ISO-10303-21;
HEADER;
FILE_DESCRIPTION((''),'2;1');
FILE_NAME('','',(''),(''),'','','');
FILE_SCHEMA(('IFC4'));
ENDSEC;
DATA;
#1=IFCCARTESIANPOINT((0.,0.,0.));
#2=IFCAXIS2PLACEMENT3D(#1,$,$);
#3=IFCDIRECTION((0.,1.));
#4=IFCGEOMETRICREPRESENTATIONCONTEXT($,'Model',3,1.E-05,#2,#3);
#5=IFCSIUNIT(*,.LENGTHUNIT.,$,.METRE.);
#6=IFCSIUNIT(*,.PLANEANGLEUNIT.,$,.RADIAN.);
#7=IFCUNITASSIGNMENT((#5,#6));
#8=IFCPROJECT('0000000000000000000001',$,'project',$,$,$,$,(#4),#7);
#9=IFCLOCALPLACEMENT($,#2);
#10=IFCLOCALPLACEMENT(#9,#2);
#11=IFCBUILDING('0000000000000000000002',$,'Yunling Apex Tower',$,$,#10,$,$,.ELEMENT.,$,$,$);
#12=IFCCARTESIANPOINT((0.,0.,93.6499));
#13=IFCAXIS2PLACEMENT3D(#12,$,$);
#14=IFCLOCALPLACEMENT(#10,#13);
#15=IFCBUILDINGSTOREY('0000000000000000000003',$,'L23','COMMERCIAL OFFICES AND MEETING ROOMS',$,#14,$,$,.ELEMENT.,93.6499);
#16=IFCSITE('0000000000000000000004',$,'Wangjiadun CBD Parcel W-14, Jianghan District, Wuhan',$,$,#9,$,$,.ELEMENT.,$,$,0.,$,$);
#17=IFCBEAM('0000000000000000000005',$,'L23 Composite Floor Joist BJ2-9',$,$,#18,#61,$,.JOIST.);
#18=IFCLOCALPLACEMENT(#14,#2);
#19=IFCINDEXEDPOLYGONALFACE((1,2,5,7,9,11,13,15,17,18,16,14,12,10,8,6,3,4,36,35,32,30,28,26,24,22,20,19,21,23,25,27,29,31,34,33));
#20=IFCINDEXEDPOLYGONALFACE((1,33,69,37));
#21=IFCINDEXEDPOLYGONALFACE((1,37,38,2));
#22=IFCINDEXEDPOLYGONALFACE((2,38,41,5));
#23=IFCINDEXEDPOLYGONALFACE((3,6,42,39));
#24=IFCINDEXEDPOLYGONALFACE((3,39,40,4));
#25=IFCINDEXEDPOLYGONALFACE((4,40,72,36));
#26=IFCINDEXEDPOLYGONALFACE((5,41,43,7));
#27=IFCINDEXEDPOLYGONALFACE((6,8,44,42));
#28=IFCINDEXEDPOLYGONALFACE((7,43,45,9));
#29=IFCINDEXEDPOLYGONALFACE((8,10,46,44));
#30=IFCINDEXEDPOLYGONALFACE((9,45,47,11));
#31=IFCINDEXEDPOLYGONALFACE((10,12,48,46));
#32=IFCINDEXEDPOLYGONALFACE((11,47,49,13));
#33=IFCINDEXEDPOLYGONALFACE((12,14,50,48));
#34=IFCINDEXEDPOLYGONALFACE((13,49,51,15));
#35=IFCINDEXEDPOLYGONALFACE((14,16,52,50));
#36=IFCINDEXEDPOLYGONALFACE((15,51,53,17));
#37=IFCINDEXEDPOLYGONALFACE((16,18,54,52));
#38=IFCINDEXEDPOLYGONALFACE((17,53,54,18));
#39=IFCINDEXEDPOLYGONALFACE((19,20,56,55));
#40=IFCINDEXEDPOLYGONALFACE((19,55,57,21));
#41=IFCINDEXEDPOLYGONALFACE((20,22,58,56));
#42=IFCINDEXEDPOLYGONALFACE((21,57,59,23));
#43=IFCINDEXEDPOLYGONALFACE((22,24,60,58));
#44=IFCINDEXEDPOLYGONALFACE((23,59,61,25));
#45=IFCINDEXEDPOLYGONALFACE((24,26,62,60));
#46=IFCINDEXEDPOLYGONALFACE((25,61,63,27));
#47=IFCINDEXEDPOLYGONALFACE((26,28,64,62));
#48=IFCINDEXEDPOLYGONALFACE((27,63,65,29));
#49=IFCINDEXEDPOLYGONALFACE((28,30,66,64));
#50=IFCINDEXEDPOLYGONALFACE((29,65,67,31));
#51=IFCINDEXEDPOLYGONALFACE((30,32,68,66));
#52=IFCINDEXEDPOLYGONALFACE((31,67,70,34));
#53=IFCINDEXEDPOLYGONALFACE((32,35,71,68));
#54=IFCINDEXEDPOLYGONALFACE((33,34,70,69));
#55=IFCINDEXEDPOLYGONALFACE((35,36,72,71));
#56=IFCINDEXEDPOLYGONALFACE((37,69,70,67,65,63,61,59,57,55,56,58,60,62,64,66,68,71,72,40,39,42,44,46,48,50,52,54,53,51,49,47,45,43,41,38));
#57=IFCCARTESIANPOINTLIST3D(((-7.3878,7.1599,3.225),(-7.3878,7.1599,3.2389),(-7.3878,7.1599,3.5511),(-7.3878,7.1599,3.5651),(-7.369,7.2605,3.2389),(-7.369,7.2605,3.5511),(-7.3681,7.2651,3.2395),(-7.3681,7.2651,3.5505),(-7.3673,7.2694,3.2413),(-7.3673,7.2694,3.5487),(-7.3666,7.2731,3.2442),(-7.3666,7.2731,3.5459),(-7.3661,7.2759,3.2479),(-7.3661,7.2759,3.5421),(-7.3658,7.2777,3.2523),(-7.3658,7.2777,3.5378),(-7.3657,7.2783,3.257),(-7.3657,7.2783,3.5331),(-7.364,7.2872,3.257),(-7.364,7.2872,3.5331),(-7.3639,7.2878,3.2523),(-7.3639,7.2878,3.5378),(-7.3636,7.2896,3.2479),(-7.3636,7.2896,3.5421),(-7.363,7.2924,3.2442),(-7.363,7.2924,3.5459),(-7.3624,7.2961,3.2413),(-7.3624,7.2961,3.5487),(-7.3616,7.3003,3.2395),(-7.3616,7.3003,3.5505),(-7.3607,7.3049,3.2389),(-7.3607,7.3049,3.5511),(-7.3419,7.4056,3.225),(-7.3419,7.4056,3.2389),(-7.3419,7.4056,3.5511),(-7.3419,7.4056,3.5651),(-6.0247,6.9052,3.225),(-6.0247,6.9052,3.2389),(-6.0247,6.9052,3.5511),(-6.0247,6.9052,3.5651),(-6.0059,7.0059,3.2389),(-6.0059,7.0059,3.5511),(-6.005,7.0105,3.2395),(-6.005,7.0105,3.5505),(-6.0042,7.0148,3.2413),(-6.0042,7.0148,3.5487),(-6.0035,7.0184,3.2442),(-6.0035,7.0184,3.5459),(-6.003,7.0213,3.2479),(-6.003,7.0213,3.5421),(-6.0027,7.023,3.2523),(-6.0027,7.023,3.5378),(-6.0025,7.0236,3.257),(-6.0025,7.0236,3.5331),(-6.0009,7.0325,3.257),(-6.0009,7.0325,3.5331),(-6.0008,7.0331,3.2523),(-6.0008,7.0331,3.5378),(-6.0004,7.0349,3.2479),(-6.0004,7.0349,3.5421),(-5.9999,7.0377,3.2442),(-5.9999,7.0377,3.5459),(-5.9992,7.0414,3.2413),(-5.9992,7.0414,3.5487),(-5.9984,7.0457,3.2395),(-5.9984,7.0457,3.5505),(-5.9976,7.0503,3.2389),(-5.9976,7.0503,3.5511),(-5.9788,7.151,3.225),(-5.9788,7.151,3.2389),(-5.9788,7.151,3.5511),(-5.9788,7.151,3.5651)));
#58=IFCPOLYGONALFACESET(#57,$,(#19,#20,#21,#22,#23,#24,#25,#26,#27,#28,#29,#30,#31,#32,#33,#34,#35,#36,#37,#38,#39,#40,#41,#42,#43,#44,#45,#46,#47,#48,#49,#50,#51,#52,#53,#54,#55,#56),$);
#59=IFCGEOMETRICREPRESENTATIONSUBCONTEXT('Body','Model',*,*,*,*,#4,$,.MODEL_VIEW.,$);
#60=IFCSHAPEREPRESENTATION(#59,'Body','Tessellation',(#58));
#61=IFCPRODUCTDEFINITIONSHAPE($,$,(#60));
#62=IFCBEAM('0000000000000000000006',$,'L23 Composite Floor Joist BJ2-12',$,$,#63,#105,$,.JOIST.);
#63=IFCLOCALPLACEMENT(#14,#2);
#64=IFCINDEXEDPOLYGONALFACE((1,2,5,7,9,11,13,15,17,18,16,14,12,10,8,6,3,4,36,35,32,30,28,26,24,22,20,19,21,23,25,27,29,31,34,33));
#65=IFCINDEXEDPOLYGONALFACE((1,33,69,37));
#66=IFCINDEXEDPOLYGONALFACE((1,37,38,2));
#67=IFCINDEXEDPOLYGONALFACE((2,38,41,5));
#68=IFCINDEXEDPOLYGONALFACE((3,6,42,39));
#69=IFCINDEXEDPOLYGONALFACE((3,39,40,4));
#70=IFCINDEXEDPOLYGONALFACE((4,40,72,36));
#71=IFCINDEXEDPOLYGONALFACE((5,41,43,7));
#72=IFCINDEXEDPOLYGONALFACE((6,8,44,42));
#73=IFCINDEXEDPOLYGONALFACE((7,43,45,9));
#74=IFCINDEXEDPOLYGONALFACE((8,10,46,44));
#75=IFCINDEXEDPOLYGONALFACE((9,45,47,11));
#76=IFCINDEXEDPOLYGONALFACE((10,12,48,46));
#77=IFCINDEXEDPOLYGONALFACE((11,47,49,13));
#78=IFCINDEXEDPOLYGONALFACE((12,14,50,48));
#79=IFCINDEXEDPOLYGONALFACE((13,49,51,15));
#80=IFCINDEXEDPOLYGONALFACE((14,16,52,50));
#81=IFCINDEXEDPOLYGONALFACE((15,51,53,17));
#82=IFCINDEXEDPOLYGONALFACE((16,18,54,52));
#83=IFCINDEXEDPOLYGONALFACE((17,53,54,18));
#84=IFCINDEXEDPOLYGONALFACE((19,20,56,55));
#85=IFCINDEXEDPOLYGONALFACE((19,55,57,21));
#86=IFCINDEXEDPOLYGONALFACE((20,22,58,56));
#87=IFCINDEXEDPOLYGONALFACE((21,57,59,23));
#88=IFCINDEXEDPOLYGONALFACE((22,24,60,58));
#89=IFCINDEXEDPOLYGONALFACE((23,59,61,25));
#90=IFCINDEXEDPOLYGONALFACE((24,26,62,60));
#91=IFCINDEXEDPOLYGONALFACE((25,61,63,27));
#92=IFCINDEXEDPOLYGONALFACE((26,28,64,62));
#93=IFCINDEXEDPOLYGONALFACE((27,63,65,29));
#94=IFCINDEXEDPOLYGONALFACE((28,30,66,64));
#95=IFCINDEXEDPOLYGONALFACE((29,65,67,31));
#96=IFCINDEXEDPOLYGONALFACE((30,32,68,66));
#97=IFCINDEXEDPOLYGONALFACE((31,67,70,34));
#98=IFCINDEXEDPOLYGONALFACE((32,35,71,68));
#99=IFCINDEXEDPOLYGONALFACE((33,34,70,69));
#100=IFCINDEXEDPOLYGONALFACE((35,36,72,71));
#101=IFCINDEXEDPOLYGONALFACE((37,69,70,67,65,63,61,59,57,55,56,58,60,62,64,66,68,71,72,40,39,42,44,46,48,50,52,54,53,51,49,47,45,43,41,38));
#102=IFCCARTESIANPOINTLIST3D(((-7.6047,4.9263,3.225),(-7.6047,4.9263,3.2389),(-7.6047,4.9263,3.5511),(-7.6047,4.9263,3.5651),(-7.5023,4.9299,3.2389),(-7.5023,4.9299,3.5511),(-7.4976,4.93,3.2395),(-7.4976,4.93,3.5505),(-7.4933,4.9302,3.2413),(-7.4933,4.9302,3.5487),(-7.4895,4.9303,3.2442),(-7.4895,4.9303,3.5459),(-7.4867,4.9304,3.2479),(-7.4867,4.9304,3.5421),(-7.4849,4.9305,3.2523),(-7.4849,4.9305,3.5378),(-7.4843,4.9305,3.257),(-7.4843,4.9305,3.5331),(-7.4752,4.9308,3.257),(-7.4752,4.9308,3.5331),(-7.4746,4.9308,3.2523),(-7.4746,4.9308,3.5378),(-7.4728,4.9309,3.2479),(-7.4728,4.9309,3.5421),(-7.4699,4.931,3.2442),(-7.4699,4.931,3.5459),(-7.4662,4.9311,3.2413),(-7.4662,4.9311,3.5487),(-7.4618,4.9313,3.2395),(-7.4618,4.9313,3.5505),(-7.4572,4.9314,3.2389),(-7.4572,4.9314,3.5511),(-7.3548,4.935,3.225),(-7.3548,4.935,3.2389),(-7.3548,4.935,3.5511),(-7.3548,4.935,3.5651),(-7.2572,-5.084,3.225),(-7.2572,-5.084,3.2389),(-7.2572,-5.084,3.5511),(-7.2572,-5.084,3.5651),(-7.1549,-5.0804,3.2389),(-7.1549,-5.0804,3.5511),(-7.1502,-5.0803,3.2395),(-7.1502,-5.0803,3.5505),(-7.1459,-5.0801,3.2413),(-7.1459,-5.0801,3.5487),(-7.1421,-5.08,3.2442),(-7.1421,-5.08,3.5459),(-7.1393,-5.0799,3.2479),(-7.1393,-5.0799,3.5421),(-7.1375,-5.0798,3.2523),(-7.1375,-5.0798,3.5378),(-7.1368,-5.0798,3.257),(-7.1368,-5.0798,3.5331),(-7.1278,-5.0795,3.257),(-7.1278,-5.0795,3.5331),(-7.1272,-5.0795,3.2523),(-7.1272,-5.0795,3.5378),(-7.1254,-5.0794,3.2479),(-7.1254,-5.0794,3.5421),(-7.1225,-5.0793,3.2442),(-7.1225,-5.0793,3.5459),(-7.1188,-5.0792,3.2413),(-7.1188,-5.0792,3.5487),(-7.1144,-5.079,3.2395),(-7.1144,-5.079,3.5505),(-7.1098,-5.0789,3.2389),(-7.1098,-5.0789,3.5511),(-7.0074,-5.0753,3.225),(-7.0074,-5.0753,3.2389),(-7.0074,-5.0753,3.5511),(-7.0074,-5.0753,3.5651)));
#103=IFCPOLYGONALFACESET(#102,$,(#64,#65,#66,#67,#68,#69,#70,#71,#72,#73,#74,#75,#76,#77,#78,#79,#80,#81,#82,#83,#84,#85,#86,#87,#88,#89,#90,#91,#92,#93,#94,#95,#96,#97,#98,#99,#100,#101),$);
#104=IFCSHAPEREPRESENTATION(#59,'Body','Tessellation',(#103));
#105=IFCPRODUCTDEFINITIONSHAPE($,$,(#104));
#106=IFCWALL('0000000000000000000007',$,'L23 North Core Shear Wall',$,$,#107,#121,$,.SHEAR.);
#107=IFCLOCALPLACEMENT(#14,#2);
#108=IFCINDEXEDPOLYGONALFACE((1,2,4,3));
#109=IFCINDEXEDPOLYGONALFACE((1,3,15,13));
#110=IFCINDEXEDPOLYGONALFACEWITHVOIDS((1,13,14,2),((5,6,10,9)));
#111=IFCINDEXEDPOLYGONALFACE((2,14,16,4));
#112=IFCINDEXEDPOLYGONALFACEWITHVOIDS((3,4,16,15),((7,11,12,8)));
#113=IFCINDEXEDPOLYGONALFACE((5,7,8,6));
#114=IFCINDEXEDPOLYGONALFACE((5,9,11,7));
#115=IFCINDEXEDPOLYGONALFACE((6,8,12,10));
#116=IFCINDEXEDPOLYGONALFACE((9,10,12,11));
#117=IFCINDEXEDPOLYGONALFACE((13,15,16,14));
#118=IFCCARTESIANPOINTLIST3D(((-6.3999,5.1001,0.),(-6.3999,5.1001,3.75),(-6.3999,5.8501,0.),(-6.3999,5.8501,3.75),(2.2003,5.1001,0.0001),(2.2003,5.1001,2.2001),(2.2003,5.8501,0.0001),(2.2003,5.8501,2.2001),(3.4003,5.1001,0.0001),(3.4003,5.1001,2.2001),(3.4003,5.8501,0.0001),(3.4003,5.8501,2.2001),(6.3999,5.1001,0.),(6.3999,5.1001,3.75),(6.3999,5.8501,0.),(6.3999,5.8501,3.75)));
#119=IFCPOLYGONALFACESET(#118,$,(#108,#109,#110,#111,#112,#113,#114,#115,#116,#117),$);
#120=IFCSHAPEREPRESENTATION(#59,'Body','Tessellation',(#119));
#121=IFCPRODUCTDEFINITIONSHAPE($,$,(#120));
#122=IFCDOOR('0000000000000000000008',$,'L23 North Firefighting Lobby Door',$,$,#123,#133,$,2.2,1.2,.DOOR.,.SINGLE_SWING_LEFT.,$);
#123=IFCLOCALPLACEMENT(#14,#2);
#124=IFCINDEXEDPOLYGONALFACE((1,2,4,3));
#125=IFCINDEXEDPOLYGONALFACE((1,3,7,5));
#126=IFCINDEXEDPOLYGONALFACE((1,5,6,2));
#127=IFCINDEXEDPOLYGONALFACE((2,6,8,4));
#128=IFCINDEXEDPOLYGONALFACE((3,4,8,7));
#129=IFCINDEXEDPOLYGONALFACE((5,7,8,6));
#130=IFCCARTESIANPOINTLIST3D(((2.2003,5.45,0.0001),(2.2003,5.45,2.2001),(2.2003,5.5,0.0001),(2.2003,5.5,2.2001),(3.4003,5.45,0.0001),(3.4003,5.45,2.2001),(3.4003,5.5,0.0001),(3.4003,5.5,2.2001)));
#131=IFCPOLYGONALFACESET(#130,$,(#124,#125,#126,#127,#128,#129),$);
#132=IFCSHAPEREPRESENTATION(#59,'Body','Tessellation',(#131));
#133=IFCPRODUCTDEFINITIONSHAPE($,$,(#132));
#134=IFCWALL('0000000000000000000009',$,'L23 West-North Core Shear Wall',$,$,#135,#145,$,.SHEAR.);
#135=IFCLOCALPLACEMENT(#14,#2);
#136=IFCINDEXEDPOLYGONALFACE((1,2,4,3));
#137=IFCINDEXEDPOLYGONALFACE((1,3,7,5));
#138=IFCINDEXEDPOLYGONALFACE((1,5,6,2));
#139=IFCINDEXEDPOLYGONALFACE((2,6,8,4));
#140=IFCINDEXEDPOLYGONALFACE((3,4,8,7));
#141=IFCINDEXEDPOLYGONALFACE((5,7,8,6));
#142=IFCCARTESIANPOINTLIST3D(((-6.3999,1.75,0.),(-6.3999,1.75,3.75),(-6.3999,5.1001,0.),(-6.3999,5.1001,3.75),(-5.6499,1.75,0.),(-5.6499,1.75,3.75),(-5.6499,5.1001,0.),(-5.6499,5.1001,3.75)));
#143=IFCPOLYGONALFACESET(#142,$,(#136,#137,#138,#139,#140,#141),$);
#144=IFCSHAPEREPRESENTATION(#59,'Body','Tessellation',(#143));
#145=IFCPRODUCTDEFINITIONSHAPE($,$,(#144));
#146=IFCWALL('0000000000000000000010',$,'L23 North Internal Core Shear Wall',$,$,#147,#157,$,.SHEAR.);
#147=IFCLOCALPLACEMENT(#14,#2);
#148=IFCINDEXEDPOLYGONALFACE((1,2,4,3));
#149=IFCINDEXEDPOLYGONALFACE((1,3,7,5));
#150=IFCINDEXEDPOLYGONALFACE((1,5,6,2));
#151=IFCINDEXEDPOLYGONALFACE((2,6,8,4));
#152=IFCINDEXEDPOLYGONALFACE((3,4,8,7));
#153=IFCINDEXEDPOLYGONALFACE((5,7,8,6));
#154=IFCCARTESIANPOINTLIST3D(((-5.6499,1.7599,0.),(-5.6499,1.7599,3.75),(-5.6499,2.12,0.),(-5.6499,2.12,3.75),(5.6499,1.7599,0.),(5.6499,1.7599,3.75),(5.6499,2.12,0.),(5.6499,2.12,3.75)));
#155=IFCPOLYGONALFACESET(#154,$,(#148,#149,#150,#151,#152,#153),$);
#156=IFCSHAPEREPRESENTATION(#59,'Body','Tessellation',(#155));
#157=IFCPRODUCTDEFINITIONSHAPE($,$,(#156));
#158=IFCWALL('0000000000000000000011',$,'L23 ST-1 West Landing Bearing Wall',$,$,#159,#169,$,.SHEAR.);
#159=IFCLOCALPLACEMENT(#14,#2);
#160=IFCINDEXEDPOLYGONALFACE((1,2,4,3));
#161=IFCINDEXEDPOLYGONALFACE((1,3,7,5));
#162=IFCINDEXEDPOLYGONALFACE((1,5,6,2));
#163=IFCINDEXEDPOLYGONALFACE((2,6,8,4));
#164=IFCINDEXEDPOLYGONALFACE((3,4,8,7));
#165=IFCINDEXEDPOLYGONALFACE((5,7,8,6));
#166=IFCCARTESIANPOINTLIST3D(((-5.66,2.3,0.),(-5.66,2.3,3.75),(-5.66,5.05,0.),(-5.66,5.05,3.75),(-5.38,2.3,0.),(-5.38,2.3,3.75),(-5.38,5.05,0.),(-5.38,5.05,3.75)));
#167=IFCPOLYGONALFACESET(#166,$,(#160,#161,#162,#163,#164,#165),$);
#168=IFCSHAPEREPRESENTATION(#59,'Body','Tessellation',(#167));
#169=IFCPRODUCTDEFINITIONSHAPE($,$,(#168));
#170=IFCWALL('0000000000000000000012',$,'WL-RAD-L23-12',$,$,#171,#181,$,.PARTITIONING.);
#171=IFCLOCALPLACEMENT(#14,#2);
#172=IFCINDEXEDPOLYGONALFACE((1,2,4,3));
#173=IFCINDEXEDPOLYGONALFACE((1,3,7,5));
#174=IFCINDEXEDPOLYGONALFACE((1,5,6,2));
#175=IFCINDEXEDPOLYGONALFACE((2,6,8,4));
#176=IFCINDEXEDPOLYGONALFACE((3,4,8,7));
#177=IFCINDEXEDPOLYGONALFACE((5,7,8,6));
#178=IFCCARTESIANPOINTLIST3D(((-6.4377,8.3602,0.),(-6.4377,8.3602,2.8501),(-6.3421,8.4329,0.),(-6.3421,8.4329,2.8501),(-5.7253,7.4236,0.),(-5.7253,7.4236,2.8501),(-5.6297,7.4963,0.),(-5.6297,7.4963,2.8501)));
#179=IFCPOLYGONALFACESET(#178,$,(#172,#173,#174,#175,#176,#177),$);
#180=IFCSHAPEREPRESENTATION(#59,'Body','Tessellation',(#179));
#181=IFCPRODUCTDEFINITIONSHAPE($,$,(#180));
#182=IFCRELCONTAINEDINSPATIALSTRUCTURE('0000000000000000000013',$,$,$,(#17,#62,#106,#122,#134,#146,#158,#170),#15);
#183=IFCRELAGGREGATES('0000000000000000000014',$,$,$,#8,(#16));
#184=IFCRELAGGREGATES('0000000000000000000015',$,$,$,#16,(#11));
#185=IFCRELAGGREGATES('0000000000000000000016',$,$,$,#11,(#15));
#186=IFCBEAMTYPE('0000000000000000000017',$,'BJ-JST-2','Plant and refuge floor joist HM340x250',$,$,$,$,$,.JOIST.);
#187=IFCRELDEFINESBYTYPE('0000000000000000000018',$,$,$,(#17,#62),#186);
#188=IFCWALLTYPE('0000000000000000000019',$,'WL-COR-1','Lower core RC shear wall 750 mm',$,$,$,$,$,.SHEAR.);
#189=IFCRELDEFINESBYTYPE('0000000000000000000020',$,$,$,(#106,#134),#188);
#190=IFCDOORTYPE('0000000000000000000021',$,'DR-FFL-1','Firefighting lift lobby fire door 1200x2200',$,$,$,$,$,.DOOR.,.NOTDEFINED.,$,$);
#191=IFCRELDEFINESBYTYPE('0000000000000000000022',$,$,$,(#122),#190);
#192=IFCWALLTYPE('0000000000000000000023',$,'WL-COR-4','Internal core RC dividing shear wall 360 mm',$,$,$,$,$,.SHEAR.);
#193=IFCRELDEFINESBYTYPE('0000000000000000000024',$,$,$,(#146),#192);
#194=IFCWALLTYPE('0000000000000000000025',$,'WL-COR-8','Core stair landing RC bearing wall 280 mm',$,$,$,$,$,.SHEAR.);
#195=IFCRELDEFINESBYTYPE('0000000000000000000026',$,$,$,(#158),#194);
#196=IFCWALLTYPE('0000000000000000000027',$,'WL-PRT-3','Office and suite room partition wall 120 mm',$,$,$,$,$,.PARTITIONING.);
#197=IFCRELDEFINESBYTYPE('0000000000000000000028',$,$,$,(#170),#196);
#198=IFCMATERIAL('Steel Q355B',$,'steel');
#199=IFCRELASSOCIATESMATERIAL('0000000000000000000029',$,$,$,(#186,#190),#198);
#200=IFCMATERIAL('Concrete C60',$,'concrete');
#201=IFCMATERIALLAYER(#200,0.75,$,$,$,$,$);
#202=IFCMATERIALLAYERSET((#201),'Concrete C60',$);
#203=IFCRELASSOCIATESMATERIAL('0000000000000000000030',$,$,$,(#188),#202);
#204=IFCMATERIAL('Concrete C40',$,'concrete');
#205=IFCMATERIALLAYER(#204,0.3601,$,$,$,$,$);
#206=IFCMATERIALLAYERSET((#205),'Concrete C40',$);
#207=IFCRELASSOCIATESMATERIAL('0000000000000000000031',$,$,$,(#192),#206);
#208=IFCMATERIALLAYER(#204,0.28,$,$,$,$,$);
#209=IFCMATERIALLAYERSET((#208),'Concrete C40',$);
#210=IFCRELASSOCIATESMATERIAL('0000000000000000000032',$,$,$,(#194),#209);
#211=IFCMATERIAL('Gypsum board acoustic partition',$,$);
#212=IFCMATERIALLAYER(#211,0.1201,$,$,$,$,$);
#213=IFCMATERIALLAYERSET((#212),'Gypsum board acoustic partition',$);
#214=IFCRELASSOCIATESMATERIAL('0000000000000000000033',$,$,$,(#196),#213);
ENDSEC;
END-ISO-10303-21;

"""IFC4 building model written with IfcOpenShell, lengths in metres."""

from ifc_helpers import new_model, si_unit, direction, frame, frame_2d, origin, origin_2d, place, context, subcontext, project, spatial, rectangle, i_section, extrude, source, transform, mapped, material, layer, layer_set, material_profile, profile_set, type_object, element, fill, save


model = new_model("IFC4")

# Units and contexts
model_context = context("Model", 3, precision=1e-05, world=origin(), true_north=direction((0.0, 1.0)))
body_context = subcontext(model_context, "Body", "Model", "MODEL_VIEW")
ifc_project = project(units=[si_unit("LENGTHUNIT", "METRE"), si_unit("PLANEANGLEUNIT", "RADIAN")], contexts=[model_context])

# Site, building, storey
site_placement = place(None, origin())
site = spatial("IfcSite", under=ifc_project, at=site_placement, Name="Wangjiadun CBD Parcel W-14, Jianghan District, Wuhan", CompositionType="ELEMENT", RefElevation=0.0)
building_placement = place(site_placement, origin())
building = spatial("IfcBuilding", under=site, at=building_placement, Name="Yunling Apex Tower", CompositionType="ELEMENT")
storey_placement = place(building_placement, frame((0.0, 0.0, 93.6499)))
storey = spatial("IfcBuildingStorey", under=building, at=storey_placement, Name="L23", Description="COMMERCIAL OFFICES AND MEETING ROOMS", CompositionType="ELEMENT", Elevation=93.6499)

# Shared definitions
ifc_material_1 = material(Name="Concrete C60", Category="concrete")

# Beams
ifc_material_2 = material(Name="Steel Q355B", Category="steel")
ifc_material_profile_1 = material_profile(ifc_material_2, i_section(OverallWidth=0.25, OverallDepth=0.3401, WebThickness=0.009, FlangeThickness=0.0139, FilletRadius=0.0181, at=origin_2d()))
ifc_profile_set_1 = profile_set([ifc_material_profile_1], Name="Steel Q355B")
beam_type_1 = type_object("IfcBeamType", Name="BJ-JST-2", Description="Plant and refuge floor joist HM340x250", PredefinedType="JOIST", material=ifc_profile_set_1)
shared_shape_1 = source(origin(), body_context, "Body", "SweptSolid", [
    extrude(i_section(OverallWidth=0.25, OverallDepth=0.3401, WebThickness=0.009, FlangeThickness=0.0139, FilletRadius=0.0181, at=origin_2d()), origin(), (0.0, 0.0, 1.0), 1.3867),
])
beam_1_placement = place(storey_placement, frame((-6.0017, 7.0281, 3.395), z_axis=(-0.982994, 0.18364, 0.0), x_axis=(-0.18364, -0.982994, 0.0)))
element("IfcBeam", 1, at=beam_1_placement, inside=storey, type_object=beam_type_1, Name="L23 Composite Floor Joist BJ2-9", PredefinedType="JOIST", context=body_context, shape_type="MappedRepresentation", body=[
    mapped(shared_shape_1, transform((0.0, 0.0, 0.0), scale=1.0)),
])
shared_shape_2 = source(origin(), body_context, "Body", "SweptSolid", [
    extrude(i_section(OverallWidth=0.25, OverallDepth=0.3401, WebThickness=0.009, FlangeThickness=0.0139, FilletRadius=0.0181, at=origin_2d()), origin(), (0.0, 0.0, 1.0), 10.0164),
])
beam_2_placement = place(storey_placement, frame((-7.4797, 4.9307, 3.395), z_axis=(0.034685, -0.999398, 0.0), x_axis=(0.999398, 0.034685, 0.0)))
element("IfcBeam", 2, at=beam_2_placement, inside=storey, type_object=beam_type_1, Name="L23 Composite Floor Joist BJ2-12", PredefinedType="JOIST", context=body_context, shape_type="MappedRepresentation", body=[
    mapped(shared_shape_2, transform((0.0, 0.0, 0.0), scale=1.0)),
])

# Wall, opening, door
ifc_layer_1 = layer(ifc_material_1, 0.75)
ifc_layer_set_1 = layer_set([ifc_layer_1], Name="Concrete C60")
wall_type_1 = type_object("IfcWallType", Name="WL-COR-1", Description="Lower core RC shear wall 750 mm", PredefinedType="SHEAR", material=ifc_layer_set_1)
wall_1_placement = place(storey_placement, frame((-6.3999, 5.4751, 0.0), z_axis=(0.0, 0.0, 1.0), x_axis=(1.0, 0.0, 0.0)))
wall_1 = element("IfcWall", 3, at=wall_1_placement, inside=storey, type_object=wall_type_1, Name="L23 North Core Shear Wall", PredefinedType="SHEAR", context=body_context, shape_type="SweptSolid", body=[
    extrude(rectangle(XDim=12.7998, YDim=0.75, at=frame_2d((6.3999, 0.0))), origin(), (0.0, 0.0, 1.0), 3.75),
])
opening_1_placement = place(wall_1_placement, frame((8.6001, 0.0, 0.0)))
opening_1 = element("IfcOpeningElement", 4, at=opening_1_placement, cuts=wall_1, PredefinedType="OPENING", context=body_context, shape_type="SweptSolid", body=[
    extrude(rectangle(XDim=1.2, YDim=2.2, at=frame_2d((0.6001, 1.1001))), frame((0.0, 0.385, 0.0), z_axis=(0.0, -1.0, 0.0), x_axis=(1.0, 0.0, 0.0)), (0.0, 0.0, 1.0), 0.77),
])
door_type_1 = type_object("IfcDoorType", Name="DR-FFL-1", Description="Firefighting lift lobby fire door 1200x2200", OperationType="NOTDEFINED", PredefinedType="DOOR", material=ifc_material_2)
door_1_placement = place(opening_1_placement, origin())
door_1 = element("IfcDoor", 5, at=door_1_placement, inside=storey, type_object=door_type_1, Name="L23 North Firefighting Lobby Door", OperationType="SINGLE_SWING_LEFT", OverallHeight=2.2, OverallWidth=1.2, PredefinedType="DOOR", context=body_context, shape_type="SweptSolid", body=[
    extrude(rectangle(XDim=1.2, YDim=2.2, at=frame_2d((0.6001, 1.1001))), frame((0.0, 0.0249, 0.0), z_axis=(0.0, -1.0, 0.0), x_axis=(1.0, 0.0, 0.0)), (0.0, 0.0, 1.0), 0.05),
])
fill(opening_1, door_1)

# Walls
wall_2_placement = place(storey_placement, frame((-6.0249, 1.75, 0.0), z_axis=(0.0, 0.0, 1.0), x_axis=(0.0, 1.0, 0.0)))
element("IfcWall", 6, at=wall_2_placement, inside=storey, type_object=wall_type_1, Name="L23 West-North Core Shear Wall", PredefinedType="SHEAR", context=body_context, shape_type="SweptSolid", body=[
    extrude(rectangle(XDim=3.3501, YDim=0.75, at=frame_2d((1.675, 0.0))), origin(), (0.0, 0.0, 1.0), 3.75),
])
ifc_material_3 = material(Name="Concrete C40", Category="concrete")
ifc_layer_2 = layer(ifc_material_3, 0.3601)
ifc_layer_set_2 = layer_set([ifc_layer_2], Name="Concrete C40")
wall_type_2 = type_object("IfcWallType", Name="WL-COR-4", Description="Internal core RC dividing shear wall 360 mm", PredefinedType="SHEAR", material=ifc_layer_set_2)
wall_3_placement = place(storey_placement, frame((-5.6499, 1.9399, 0.0), z_axis=(0.0, 0.0, 1.0), x_axis=(1.0, 0.0, 0.0)))
element("IfcWall", 7, at=wall_3_placement, inside=storey, type_object=wall_type_2, Name="L23 North Internal Core Shear Wall", PredefinedType="SHEAR", context=body_context, shape_type="SweptSolid", body=[
    extrude(rectangle(XDim=11.2998, YDim=0.3601, at=frame_2d((5.6499, 0.0))), origin(), (0.0, 0.0, 1.0), 3.75),
])
ifc_layer_3 = layer(ifc_material_3, 0.28)
ifc_layer_set_3 = layer_set([ifc_layer_3], Name="Concrete C40")
wall_type_3 = type_object("IfcWallType", Name="WL-COR-8", Description="Core stair landing RC bearing wall 280 mm", PredefinedType="SHEAR", material=ifc_layer_set_3)
wall_4_placement = place(storey_placement, frame((-5.52, 2.3, 0.0), z_axis=(0.0, 0.0, 1.0), x_axis=(0.0, 1.0, 0.0)))
element("IfcWall", 8, at=wall_4_placement, inside=storey, type_object=wall_type_3, Name="L23 ST-1 West Landing Bearing Wall", PredefinedType="SHEAR", context=body_context, shape_type="SweptSolid", body=[
    extrude(rectangle(XDim=2.75, YDim=0.28, at=frame_2d((1.375, 0.0))), origin(), (0.0, 0.0, 1.0), 3.75),
])
ifc_material_4 = material(Name="Gypsum board acoustic partition")
ifc_layer_4 = layer(ifc_material_4, 0.1201)
ifc_layer_set_4 = layer_set([ifc_layer_4], Name="Gypsum board acoustic partition")
wall_type_4 = type_object("IfcWallType", Name="WL-PRT-3", Description="Office and suite room partition wall 120 mm", PredefinedType="PARTITIONING", material=ifc_layer_set_4)
wall_5_placement = place(storey_placement, frame((-5.6775, 7.46, 0.0), z_axis=(0.0, 0.0, 1.0), x_axis=(-0.60543, 0.795898, 0.0)))
element("IfcWall", 9, at=wall_5_placement, inside=storey, type_object=wall_type_4, Name="WL-RAD-L23-12", PredefinedType="PARTITIONING", context=body_context, shape_type="SweptSolid", body=[
    extrude(rectangle(XDim=1.1768, YDim=0.1201, at=frame_2d((0.5884, 0.0))), origin(), (0.0, 0.0, 1.0), 2.8501),
])

save(model, "model.ifc")
